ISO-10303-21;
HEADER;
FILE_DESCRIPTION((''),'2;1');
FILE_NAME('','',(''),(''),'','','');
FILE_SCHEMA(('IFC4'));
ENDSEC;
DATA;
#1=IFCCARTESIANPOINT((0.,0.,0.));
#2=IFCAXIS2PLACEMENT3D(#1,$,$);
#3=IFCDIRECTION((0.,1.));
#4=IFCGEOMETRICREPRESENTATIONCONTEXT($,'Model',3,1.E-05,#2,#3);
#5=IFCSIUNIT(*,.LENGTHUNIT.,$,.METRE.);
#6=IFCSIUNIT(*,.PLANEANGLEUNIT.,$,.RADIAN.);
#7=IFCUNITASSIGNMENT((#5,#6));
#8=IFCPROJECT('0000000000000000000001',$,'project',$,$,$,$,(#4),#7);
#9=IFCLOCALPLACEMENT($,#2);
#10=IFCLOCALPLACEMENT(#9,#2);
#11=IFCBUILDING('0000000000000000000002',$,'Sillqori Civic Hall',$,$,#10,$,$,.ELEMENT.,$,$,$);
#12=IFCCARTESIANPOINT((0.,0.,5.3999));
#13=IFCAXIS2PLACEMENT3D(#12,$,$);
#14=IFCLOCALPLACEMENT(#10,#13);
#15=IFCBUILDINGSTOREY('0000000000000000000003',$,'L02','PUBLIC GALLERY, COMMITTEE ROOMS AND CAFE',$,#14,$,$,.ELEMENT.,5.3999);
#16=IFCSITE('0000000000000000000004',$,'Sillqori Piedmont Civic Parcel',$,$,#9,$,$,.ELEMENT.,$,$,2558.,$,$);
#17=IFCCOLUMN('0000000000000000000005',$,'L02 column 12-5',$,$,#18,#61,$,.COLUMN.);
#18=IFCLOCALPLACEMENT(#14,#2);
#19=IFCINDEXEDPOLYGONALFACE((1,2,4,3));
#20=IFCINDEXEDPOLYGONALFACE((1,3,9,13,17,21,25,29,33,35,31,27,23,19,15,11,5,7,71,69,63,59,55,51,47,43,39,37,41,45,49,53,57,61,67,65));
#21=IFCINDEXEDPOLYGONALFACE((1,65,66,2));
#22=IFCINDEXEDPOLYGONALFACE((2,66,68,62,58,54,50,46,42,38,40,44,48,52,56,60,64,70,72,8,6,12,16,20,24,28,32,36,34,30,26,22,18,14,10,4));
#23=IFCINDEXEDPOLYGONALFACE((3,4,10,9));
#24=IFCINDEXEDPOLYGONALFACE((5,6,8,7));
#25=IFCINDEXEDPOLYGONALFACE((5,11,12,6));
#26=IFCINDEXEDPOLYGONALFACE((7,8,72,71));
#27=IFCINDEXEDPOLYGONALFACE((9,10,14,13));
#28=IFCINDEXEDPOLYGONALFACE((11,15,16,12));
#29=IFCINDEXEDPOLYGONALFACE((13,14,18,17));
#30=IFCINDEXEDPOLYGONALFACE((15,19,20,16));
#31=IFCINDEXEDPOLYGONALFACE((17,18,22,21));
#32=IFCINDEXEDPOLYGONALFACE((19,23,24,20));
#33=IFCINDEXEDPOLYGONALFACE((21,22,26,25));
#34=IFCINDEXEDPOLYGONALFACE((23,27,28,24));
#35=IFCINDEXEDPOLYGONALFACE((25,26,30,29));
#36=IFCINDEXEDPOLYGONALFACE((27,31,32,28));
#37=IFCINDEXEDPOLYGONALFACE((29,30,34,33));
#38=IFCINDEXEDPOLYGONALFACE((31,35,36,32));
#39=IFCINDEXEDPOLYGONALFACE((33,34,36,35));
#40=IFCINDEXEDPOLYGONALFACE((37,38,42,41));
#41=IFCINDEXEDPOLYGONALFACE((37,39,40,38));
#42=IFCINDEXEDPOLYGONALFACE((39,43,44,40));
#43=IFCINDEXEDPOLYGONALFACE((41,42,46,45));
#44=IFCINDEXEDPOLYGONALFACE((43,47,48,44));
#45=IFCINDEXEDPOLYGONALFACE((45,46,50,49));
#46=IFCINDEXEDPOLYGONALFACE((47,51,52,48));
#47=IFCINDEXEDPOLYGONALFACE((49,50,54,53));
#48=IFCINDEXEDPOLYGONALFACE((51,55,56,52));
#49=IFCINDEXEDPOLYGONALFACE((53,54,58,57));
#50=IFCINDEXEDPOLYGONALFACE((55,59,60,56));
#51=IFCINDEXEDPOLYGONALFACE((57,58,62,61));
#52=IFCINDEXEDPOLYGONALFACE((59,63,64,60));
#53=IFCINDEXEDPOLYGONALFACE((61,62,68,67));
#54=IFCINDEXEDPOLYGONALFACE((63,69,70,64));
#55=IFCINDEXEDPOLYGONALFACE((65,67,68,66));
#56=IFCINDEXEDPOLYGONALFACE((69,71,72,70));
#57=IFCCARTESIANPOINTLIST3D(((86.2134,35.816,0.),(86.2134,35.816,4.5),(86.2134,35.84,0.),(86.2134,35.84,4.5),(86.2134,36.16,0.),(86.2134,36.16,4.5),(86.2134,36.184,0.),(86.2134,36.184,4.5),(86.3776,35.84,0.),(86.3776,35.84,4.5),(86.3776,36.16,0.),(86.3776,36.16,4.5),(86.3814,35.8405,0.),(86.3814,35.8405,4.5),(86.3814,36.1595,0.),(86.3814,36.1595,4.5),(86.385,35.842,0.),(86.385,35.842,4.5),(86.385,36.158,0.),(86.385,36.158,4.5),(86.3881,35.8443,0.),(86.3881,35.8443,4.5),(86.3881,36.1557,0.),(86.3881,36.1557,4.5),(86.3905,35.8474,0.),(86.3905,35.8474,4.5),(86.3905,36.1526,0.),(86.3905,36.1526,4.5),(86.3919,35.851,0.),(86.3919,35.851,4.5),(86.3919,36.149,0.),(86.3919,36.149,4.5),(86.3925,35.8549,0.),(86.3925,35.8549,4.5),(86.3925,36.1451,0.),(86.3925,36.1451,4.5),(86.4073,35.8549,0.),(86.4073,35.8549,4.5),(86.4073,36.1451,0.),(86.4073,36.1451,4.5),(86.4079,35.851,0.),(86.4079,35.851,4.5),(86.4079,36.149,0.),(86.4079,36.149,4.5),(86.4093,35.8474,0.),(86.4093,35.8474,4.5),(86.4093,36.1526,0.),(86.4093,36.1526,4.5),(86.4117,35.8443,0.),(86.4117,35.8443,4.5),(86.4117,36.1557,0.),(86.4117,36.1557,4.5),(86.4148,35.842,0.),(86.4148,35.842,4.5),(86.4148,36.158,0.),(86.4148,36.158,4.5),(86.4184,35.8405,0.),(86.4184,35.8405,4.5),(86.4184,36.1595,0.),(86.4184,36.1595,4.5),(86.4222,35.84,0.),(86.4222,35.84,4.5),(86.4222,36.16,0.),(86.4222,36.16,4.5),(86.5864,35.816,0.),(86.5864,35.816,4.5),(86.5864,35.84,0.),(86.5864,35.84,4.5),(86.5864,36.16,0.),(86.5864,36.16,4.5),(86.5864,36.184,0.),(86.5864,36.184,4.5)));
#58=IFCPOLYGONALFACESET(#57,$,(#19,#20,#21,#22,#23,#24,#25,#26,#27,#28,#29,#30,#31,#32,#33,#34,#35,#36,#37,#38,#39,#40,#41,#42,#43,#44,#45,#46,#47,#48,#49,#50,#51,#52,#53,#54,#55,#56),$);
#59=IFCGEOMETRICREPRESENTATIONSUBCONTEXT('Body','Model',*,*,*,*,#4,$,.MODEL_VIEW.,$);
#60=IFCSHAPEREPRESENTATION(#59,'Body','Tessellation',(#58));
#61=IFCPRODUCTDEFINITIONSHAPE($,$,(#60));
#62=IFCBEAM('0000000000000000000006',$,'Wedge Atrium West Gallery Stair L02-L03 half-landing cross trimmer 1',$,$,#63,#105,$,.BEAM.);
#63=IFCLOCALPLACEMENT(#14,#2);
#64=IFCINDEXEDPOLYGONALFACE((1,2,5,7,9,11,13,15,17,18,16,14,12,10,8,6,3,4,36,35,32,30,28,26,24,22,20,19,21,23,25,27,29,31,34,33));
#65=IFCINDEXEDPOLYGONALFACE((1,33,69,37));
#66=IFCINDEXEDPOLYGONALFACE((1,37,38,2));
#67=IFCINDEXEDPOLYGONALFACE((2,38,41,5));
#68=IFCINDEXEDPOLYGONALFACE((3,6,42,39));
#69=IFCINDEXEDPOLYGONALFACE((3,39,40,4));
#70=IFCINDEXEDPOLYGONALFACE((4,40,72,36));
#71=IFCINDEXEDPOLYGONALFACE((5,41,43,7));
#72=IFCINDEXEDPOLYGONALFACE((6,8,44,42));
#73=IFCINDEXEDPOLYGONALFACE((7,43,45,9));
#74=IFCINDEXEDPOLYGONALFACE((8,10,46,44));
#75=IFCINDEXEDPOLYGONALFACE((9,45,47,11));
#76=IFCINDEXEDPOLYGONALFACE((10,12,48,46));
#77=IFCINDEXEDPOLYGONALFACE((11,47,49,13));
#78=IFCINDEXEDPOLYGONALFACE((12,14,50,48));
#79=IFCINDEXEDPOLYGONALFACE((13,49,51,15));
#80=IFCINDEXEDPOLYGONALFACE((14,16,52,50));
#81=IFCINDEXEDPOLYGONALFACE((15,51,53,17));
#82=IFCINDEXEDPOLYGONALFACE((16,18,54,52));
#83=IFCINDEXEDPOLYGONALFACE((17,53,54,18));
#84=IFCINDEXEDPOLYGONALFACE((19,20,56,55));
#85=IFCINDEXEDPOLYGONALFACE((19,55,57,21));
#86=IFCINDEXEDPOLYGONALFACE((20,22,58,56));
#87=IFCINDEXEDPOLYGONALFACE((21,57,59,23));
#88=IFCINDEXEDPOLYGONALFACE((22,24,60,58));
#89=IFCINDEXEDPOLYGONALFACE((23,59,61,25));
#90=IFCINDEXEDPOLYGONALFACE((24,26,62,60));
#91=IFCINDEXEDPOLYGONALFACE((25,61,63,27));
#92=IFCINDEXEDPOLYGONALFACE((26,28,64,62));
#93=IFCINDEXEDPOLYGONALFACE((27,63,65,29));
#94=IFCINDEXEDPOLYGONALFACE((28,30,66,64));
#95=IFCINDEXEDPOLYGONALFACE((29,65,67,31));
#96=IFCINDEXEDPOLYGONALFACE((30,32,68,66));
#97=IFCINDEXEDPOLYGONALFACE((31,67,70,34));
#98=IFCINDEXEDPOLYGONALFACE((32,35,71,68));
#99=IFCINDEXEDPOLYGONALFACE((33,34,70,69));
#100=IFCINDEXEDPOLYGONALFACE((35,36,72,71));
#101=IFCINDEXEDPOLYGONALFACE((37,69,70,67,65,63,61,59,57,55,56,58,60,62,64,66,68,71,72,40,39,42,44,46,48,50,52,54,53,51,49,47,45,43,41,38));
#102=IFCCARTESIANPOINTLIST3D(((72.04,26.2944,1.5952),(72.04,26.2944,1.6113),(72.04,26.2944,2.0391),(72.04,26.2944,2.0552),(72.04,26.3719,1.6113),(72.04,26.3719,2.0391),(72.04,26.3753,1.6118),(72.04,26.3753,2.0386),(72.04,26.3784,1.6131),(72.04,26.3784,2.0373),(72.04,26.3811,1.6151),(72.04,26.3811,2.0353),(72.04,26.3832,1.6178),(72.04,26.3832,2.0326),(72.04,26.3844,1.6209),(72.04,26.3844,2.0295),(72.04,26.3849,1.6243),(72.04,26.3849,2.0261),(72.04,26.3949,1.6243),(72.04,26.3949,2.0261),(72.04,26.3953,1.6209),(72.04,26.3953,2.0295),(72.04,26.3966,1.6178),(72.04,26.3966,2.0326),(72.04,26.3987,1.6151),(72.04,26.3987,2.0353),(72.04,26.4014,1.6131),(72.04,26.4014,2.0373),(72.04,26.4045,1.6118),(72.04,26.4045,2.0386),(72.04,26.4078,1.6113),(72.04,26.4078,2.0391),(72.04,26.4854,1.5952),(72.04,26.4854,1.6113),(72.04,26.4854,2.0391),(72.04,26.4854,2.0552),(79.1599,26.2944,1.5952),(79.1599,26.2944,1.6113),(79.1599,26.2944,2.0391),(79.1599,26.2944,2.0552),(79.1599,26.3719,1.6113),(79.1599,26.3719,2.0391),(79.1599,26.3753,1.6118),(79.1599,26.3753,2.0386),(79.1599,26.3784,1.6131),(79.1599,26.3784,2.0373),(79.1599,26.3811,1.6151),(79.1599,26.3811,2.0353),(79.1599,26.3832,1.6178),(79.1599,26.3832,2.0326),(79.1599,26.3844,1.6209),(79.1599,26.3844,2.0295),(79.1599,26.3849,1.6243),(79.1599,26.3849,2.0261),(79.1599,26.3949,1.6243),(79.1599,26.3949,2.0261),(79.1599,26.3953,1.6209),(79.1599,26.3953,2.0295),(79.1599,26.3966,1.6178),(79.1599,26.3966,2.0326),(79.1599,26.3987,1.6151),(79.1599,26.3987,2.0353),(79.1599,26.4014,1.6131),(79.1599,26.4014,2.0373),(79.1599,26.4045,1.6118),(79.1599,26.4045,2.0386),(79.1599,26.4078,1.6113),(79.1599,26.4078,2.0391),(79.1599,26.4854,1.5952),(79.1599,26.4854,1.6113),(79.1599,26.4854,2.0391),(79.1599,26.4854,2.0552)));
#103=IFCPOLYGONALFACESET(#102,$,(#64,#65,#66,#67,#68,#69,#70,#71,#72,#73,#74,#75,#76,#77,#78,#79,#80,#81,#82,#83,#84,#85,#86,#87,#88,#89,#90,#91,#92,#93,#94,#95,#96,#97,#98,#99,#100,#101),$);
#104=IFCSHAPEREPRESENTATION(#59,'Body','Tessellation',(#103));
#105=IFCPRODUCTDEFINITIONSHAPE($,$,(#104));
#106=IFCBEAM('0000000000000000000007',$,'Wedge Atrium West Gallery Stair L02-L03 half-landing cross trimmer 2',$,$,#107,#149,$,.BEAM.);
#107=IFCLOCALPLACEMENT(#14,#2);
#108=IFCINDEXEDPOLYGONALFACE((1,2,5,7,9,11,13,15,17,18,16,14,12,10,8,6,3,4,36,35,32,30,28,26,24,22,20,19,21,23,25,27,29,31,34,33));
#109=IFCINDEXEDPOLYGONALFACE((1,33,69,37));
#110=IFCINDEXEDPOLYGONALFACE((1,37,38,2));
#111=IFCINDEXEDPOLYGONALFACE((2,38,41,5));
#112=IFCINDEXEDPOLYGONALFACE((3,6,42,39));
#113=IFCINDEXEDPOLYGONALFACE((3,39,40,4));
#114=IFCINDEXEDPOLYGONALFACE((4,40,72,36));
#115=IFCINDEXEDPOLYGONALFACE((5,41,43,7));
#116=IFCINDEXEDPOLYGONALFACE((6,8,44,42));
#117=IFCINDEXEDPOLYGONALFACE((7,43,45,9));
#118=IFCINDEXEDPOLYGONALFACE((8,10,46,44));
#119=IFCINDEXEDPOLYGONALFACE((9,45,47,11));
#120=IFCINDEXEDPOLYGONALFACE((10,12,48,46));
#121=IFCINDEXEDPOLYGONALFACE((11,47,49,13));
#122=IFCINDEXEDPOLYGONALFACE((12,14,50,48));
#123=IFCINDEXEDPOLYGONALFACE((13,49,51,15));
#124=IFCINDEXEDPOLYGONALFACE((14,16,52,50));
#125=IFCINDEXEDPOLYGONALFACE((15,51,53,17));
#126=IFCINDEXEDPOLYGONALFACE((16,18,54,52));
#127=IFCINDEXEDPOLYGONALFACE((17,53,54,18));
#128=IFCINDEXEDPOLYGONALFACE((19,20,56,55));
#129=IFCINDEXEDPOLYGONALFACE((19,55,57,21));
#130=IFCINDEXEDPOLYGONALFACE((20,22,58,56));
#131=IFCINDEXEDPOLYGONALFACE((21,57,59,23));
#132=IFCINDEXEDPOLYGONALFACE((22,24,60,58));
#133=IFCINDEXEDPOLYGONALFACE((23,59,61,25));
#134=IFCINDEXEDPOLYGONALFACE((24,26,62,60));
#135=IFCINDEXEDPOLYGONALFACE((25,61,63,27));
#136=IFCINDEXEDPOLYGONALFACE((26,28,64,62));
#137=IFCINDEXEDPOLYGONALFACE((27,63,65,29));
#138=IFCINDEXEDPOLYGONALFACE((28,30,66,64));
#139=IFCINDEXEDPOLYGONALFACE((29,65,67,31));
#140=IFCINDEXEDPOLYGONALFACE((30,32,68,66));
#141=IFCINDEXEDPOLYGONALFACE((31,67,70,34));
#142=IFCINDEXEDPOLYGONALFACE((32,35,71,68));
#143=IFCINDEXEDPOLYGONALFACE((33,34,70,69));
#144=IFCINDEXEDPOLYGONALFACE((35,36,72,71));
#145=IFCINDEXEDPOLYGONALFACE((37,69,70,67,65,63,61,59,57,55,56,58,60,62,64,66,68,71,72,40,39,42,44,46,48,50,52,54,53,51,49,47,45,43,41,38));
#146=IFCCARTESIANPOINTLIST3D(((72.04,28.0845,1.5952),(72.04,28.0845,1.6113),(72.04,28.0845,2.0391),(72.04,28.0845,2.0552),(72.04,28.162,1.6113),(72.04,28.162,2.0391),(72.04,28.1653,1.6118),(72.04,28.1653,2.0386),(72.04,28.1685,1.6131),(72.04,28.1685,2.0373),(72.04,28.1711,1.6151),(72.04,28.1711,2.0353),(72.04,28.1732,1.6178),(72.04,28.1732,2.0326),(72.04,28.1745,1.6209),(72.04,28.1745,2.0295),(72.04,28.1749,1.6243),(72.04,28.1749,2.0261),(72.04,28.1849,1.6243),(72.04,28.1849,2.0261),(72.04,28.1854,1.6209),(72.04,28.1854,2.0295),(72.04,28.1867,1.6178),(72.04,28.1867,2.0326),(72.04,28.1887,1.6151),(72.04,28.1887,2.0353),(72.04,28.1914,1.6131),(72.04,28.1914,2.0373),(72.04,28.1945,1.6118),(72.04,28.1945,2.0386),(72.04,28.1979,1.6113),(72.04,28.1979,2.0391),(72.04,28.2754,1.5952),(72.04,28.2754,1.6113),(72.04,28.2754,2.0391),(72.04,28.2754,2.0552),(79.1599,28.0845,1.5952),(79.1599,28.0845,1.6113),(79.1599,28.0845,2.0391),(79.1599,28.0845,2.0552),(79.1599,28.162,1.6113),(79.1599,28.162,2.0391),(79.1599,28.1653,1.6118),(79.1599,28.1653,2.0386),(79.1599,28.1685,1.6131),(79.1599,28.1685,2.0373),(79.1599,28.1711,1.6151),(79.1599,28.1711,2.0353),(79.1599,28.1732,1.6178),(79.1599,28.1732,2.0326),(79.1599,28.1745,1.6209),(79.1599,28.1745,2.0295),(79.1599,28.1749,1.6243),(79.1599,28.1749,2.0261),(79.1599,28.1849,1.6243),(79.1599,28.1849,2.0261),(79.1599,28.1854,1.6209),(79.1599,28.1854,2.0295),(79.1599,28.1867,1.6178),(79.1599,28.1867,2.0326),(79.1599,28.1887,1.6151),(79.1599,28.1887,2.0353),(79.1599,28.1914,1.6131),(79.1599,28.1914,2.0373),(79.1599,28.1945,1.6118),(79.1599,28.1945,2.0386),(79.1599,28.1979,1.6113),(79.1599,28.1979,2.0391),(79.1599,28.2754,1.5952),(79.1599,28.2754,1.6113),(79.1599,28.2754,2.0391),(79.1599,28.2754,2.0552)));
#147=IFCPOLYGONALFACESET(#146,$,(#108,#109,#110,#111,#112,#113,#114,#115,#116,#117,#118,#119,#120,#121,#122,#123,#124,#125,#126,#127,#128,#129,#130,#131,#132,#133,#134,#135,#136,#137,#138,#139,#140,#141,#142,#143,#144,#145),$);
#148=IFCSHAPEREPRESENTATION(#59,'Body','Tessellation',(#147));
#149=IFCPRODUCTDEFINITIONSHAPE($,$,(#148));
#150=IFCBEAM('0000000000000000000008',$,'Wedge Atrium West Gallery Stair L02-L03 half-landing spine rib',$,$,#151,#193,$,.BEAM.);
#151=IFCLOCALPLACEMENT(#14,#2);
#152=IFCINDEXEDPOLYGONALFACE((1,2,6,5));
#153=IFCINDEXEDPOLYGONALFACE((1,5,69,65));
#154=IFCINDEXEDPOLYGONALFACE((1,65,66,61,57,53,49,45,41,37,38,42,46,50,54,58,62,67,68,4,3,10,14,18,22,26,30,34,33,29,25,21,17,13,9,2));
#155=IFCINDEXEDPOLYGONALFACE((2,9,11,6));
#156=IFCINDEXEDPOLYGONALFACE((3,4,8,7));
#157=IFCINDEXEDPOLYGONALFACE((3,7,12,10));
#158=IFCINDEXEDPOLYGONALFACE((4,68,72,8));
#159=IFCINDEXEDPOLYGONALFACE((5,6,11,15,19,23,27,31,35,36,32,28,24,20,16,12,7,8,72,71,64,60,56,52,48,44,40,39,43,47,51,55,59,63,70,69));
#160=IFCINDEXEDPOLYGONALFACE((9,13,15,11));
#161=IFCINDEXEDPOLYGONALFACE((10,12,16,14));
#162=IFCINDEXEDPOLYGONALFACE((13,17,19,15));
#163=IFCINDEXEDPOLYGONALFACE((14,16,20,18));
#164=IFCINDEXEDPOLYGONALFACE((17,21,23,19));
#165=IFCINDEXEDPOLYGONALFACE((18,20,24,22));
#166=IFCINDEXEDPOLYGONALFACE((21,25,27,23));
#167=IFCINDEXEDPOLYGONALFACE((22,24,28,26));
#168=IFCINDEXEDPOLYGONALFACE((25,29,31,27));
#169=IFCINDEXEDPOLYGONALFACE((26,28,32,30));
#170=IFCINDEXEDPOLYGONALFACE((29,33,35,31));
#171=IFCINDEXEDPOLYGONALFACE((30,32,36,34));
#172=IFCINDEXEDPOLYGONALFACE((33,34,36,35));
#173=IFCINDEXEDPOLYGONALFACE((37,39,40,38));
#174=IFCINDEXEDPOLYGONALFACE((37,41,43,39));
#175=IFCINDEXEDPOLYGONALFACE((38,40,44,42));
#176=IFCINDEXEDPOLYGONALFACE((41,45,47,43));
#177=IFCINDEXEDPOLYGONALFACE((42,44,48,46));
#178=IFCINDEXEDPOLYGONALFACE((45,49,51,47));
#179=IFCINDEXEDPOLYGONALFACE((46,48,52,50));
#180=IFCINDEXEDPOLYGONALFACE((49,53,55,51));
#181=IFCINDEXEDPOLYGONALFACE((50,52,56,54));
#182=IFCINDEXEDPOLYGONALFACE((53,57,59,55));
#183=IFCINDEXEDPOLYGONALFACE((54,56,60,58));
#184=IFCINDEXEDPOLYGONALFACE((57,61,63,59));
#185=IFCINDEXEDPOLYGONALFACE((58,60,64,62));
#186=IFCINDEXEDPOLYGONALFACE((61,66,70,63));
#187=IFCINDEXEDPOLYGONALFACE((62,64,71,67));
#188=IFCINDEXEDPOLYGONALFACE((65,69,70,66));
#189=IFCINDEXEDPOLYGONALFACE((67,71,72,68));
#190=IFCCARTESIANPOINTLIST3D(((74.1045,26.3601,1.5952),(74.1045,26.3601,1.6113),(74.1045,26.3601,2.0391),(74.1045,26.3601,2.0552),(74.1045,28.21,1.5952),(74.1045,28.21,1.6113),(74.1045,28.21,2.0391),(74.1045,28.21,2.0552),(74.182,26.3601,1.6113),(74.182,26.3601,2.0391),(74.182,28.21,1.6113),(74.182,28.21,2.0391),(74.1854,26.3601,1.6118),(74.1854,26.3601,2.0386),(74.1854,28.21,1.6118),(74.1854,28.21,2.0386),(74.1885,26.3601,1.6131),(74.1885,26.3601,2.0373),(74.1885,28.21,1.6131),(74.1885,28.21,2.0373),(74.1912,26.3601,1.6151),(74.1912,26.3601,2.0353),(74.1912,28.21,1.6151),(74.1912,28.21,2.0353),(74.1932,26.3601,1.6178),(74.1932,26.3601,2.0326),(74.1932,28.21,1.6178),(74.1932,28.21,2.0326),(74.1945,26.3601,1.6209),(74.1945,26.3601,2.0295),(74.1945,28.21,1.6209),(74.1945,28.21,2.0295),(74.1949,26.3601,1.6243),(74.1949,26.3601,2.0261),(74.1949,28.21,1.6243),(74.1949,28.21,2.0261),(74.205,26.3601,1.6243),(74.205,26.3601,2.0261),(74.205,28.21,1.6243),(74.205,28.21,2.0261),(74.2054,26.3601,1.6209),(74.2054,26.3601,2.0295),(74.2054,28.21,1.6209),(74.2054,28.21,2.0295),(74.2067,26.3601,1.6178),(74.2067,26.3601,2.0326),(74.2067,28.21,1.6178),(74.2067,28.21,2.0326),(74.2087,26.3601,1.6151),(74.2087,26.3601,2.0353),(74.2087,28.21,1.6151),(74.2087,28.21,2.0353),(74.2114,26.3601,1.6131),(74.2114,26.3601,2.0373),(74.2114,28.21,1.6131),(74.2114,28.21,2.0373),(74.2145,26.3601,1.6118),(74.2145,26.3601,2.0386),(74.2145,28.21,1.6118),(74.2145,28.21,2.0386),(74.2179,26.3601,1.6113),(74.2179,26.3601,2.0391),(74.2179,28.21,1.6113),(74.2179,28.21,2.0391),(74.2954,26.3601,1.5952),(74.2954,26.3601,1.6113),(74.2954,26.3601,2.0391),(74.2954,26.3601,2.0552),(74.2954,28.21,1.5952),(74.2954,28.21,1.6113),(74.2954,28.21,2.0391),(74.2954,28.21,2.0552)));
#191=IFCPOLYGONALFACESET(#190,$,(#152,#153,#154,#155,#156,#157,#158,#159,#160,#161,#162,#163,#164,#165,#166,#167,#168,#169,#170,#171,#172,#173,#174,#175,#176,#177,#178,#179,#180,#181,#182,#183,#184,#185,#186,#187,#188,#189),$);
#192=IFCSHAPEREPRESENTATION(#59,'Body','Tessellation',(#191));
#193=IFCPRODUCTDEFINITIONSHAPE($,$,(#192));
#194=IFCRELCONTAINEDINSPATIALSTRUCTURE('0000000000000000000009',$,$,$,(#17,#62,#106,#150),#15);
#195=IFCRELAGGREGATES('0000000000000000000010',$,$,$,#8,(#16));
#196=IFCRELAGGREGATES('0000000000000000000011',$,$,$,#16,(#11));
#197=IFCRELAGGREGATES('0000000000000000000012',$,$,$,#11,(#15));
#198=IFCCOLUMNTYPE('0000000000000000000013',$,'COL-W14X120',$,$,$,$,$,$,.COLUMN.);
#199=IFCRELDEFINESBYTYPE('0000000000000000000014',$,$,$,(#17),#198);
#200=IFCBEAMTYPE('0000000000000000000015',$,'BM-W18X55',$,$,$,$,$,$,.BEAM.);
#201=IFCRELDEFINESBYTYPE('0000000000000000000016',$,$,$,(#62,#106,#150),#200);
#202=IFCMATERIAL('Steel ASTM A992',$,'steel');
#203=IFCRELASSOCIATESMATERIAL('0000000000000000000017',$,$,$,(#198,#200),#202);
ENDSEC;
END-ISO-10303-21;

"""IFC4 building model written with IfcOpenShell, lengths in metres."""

from ifc_helpers import new_model, si_unit, direction, frame, origin, origin_2d, place, context, subcontext, project, spatial, i_section, extrude, material, material_profile, profile_set, type_object, element, save


model = new_model("IFC4")

# Units and contexts
model_context = context("Model", 3, precision=1e-05, world=origin(), true_north=direction((0.0, 1.0)))
body_context = subcontext(model_context, "Body", "Model", "MODEL_VIEW")
ifc_project = project(units=[si_unit("LENGTHUNIT", "METRE"), si_unit("PLANEANGLEUNIT", "RADIAN")], contexts=[model_context])

# Site, building, storey
site_placement = place(None, origin())
site = spatial("IfcSite", under=ifc_project, at=site_placement, Name="Sillqori Piedmont Civic Parcel", CompositionType="ELEMENT", RefElevation=2558.0)
building_placement = place(site_placement, origin())
building = spatial("IfcBuilding", under=site, at=building_placement, Name="Sillqori Civic Hall", CompositionType="ELEMENT")
storey_placement = place(building_placement, frame((0.0, 0.0, 5.3999)))
storey = spatial("IfcBuildingStorey", under=building, at=storey_placement, Name="L02", Description="PUBLIC GALLERY, COMMITTEE ROOMS AND CAFE", CompositionType="ELEMENT", Elevation=5.3999)

# Column
ifc_material_1 = material(Name="Steel ASTM A992", Category="steel")
ifc_material_profile_1 = material_profile(ifc_material_1, i_section(OverallWidth=0.373, OverallDepth=0.3679, WebThickness=0.0149, FlangeThickness=0.0239, FilletRadius=0.0149, at=origin_2d()), Name="W14X120")
ifc_profile_set_1 = profile_set([ifc_material_profile_1], Name="Steel ASTM A992")
column_type_1 = type_object("IfcColumnType", Name="COL-W14X120", PredefinedType="COLUMN", material=ifc_profile_set_1)
for number, where, z_axis, x_axis, name in (
    (1, (86.3999, 36.0, 0.0), (0.0, 0.0, 1.0), (1.0, 0.0, 0.0), "L02 column 12-5"),
):
    element("IfcColumn", number, at=place(storey_placement, frame(where, z_axis=z_axis, x_axis=x_axis)), inside=storey, type_object=column_type_1, Name=name, PredefinedType="COLUMN", context=body_context, shape_type="SweptSolid", body=[
        extrude(i_section(OverallWidth=0.373, OverallDepth=0.3679, WebThickness=0.0149, FlangeThickness=0.0239, FilletRadius=0.0149, at=origin_2d()), origin(), (0.0, 0.0, 1.0), 4.5),
    ])

# Beams
ifc_material_profile_2 = material_profile(ifc_material_1, i_section(OverallWidth=0.1909, OverallDepth=0.46, WebThickness=0.01, FlangeThickness=0.0161, FilletRadius=0.0129, at=origin_2d()), Name="W18X55")
ifc_profile_set_2 = profile_set([ifc_material_profile_2], Name="Steel ASTM A992")
beam_type_1 = type_object("IfcBeamType", Name="BM-W18X55", PredefinedType="BEAM", material=ifc_profile_set_2)
for number, where, z_axis, x_axis, name in (
    (2, (72.04, 26.3899, 1.8252), (1.0, 0.0, 0.0), (0.0, 1.0, 0.0), "Wedge Atrium West Gallery Stair L02-L03 half-landing cross trimmer 1"),
    (3, (72.04, 28.1799, 1.8252), (1.0, 0.0, 0.0), (0.0, 1.0, 0.0), "Wedge Atrium West Gallery Stair L02-L03 half-landing cross trimmer 2"),
):
    element("IfcBeam", number, at=place(storey_placement, frame(where, z_axis=z_axis, x_axis=x_axis)), inside=storey, type_object=beam_type_1, Name=name, PredefinedType="BEAM", context=body_context, shape_type="SweptSolid", body=[
        extrude(i_section(OverallWidth=0.1909, OverallDepth=0.46, WebThickness=0.01, FlangeThickness=0.0161, FilletRadius=0.0129, at=origin_2d()), origin(), (0.0, 0.0, 1.0), 7.1199),
    ])
beam_1_placement = place(storey_placement, frame((74.2, 26.3601, 1.8252), z_axis=(0.0, 1.0, 0.0), x_axis=(-1.0, 0.0, 0.0)))
element("IfcBeam", 4, at=beam_1_placement, inside=storey, type_object=beam_type_1, Name="Wedge Atrium West Gallery Stair L02-L03 half-landing spine rib", PredefinedType="BEAM", context=body_context, shape_type="SweptSolid", body=[
    extrude(i_section(OverallWidth=0.1909, OverallDepth=0.46, WebThickness=0.01, FlangeThickness=0.0161, FilletRadius=0.0129, at=origin_2d()), origin(), (0.0, 0.0, 1.0), 1.8499),
])

save(model, "model.ifc")
